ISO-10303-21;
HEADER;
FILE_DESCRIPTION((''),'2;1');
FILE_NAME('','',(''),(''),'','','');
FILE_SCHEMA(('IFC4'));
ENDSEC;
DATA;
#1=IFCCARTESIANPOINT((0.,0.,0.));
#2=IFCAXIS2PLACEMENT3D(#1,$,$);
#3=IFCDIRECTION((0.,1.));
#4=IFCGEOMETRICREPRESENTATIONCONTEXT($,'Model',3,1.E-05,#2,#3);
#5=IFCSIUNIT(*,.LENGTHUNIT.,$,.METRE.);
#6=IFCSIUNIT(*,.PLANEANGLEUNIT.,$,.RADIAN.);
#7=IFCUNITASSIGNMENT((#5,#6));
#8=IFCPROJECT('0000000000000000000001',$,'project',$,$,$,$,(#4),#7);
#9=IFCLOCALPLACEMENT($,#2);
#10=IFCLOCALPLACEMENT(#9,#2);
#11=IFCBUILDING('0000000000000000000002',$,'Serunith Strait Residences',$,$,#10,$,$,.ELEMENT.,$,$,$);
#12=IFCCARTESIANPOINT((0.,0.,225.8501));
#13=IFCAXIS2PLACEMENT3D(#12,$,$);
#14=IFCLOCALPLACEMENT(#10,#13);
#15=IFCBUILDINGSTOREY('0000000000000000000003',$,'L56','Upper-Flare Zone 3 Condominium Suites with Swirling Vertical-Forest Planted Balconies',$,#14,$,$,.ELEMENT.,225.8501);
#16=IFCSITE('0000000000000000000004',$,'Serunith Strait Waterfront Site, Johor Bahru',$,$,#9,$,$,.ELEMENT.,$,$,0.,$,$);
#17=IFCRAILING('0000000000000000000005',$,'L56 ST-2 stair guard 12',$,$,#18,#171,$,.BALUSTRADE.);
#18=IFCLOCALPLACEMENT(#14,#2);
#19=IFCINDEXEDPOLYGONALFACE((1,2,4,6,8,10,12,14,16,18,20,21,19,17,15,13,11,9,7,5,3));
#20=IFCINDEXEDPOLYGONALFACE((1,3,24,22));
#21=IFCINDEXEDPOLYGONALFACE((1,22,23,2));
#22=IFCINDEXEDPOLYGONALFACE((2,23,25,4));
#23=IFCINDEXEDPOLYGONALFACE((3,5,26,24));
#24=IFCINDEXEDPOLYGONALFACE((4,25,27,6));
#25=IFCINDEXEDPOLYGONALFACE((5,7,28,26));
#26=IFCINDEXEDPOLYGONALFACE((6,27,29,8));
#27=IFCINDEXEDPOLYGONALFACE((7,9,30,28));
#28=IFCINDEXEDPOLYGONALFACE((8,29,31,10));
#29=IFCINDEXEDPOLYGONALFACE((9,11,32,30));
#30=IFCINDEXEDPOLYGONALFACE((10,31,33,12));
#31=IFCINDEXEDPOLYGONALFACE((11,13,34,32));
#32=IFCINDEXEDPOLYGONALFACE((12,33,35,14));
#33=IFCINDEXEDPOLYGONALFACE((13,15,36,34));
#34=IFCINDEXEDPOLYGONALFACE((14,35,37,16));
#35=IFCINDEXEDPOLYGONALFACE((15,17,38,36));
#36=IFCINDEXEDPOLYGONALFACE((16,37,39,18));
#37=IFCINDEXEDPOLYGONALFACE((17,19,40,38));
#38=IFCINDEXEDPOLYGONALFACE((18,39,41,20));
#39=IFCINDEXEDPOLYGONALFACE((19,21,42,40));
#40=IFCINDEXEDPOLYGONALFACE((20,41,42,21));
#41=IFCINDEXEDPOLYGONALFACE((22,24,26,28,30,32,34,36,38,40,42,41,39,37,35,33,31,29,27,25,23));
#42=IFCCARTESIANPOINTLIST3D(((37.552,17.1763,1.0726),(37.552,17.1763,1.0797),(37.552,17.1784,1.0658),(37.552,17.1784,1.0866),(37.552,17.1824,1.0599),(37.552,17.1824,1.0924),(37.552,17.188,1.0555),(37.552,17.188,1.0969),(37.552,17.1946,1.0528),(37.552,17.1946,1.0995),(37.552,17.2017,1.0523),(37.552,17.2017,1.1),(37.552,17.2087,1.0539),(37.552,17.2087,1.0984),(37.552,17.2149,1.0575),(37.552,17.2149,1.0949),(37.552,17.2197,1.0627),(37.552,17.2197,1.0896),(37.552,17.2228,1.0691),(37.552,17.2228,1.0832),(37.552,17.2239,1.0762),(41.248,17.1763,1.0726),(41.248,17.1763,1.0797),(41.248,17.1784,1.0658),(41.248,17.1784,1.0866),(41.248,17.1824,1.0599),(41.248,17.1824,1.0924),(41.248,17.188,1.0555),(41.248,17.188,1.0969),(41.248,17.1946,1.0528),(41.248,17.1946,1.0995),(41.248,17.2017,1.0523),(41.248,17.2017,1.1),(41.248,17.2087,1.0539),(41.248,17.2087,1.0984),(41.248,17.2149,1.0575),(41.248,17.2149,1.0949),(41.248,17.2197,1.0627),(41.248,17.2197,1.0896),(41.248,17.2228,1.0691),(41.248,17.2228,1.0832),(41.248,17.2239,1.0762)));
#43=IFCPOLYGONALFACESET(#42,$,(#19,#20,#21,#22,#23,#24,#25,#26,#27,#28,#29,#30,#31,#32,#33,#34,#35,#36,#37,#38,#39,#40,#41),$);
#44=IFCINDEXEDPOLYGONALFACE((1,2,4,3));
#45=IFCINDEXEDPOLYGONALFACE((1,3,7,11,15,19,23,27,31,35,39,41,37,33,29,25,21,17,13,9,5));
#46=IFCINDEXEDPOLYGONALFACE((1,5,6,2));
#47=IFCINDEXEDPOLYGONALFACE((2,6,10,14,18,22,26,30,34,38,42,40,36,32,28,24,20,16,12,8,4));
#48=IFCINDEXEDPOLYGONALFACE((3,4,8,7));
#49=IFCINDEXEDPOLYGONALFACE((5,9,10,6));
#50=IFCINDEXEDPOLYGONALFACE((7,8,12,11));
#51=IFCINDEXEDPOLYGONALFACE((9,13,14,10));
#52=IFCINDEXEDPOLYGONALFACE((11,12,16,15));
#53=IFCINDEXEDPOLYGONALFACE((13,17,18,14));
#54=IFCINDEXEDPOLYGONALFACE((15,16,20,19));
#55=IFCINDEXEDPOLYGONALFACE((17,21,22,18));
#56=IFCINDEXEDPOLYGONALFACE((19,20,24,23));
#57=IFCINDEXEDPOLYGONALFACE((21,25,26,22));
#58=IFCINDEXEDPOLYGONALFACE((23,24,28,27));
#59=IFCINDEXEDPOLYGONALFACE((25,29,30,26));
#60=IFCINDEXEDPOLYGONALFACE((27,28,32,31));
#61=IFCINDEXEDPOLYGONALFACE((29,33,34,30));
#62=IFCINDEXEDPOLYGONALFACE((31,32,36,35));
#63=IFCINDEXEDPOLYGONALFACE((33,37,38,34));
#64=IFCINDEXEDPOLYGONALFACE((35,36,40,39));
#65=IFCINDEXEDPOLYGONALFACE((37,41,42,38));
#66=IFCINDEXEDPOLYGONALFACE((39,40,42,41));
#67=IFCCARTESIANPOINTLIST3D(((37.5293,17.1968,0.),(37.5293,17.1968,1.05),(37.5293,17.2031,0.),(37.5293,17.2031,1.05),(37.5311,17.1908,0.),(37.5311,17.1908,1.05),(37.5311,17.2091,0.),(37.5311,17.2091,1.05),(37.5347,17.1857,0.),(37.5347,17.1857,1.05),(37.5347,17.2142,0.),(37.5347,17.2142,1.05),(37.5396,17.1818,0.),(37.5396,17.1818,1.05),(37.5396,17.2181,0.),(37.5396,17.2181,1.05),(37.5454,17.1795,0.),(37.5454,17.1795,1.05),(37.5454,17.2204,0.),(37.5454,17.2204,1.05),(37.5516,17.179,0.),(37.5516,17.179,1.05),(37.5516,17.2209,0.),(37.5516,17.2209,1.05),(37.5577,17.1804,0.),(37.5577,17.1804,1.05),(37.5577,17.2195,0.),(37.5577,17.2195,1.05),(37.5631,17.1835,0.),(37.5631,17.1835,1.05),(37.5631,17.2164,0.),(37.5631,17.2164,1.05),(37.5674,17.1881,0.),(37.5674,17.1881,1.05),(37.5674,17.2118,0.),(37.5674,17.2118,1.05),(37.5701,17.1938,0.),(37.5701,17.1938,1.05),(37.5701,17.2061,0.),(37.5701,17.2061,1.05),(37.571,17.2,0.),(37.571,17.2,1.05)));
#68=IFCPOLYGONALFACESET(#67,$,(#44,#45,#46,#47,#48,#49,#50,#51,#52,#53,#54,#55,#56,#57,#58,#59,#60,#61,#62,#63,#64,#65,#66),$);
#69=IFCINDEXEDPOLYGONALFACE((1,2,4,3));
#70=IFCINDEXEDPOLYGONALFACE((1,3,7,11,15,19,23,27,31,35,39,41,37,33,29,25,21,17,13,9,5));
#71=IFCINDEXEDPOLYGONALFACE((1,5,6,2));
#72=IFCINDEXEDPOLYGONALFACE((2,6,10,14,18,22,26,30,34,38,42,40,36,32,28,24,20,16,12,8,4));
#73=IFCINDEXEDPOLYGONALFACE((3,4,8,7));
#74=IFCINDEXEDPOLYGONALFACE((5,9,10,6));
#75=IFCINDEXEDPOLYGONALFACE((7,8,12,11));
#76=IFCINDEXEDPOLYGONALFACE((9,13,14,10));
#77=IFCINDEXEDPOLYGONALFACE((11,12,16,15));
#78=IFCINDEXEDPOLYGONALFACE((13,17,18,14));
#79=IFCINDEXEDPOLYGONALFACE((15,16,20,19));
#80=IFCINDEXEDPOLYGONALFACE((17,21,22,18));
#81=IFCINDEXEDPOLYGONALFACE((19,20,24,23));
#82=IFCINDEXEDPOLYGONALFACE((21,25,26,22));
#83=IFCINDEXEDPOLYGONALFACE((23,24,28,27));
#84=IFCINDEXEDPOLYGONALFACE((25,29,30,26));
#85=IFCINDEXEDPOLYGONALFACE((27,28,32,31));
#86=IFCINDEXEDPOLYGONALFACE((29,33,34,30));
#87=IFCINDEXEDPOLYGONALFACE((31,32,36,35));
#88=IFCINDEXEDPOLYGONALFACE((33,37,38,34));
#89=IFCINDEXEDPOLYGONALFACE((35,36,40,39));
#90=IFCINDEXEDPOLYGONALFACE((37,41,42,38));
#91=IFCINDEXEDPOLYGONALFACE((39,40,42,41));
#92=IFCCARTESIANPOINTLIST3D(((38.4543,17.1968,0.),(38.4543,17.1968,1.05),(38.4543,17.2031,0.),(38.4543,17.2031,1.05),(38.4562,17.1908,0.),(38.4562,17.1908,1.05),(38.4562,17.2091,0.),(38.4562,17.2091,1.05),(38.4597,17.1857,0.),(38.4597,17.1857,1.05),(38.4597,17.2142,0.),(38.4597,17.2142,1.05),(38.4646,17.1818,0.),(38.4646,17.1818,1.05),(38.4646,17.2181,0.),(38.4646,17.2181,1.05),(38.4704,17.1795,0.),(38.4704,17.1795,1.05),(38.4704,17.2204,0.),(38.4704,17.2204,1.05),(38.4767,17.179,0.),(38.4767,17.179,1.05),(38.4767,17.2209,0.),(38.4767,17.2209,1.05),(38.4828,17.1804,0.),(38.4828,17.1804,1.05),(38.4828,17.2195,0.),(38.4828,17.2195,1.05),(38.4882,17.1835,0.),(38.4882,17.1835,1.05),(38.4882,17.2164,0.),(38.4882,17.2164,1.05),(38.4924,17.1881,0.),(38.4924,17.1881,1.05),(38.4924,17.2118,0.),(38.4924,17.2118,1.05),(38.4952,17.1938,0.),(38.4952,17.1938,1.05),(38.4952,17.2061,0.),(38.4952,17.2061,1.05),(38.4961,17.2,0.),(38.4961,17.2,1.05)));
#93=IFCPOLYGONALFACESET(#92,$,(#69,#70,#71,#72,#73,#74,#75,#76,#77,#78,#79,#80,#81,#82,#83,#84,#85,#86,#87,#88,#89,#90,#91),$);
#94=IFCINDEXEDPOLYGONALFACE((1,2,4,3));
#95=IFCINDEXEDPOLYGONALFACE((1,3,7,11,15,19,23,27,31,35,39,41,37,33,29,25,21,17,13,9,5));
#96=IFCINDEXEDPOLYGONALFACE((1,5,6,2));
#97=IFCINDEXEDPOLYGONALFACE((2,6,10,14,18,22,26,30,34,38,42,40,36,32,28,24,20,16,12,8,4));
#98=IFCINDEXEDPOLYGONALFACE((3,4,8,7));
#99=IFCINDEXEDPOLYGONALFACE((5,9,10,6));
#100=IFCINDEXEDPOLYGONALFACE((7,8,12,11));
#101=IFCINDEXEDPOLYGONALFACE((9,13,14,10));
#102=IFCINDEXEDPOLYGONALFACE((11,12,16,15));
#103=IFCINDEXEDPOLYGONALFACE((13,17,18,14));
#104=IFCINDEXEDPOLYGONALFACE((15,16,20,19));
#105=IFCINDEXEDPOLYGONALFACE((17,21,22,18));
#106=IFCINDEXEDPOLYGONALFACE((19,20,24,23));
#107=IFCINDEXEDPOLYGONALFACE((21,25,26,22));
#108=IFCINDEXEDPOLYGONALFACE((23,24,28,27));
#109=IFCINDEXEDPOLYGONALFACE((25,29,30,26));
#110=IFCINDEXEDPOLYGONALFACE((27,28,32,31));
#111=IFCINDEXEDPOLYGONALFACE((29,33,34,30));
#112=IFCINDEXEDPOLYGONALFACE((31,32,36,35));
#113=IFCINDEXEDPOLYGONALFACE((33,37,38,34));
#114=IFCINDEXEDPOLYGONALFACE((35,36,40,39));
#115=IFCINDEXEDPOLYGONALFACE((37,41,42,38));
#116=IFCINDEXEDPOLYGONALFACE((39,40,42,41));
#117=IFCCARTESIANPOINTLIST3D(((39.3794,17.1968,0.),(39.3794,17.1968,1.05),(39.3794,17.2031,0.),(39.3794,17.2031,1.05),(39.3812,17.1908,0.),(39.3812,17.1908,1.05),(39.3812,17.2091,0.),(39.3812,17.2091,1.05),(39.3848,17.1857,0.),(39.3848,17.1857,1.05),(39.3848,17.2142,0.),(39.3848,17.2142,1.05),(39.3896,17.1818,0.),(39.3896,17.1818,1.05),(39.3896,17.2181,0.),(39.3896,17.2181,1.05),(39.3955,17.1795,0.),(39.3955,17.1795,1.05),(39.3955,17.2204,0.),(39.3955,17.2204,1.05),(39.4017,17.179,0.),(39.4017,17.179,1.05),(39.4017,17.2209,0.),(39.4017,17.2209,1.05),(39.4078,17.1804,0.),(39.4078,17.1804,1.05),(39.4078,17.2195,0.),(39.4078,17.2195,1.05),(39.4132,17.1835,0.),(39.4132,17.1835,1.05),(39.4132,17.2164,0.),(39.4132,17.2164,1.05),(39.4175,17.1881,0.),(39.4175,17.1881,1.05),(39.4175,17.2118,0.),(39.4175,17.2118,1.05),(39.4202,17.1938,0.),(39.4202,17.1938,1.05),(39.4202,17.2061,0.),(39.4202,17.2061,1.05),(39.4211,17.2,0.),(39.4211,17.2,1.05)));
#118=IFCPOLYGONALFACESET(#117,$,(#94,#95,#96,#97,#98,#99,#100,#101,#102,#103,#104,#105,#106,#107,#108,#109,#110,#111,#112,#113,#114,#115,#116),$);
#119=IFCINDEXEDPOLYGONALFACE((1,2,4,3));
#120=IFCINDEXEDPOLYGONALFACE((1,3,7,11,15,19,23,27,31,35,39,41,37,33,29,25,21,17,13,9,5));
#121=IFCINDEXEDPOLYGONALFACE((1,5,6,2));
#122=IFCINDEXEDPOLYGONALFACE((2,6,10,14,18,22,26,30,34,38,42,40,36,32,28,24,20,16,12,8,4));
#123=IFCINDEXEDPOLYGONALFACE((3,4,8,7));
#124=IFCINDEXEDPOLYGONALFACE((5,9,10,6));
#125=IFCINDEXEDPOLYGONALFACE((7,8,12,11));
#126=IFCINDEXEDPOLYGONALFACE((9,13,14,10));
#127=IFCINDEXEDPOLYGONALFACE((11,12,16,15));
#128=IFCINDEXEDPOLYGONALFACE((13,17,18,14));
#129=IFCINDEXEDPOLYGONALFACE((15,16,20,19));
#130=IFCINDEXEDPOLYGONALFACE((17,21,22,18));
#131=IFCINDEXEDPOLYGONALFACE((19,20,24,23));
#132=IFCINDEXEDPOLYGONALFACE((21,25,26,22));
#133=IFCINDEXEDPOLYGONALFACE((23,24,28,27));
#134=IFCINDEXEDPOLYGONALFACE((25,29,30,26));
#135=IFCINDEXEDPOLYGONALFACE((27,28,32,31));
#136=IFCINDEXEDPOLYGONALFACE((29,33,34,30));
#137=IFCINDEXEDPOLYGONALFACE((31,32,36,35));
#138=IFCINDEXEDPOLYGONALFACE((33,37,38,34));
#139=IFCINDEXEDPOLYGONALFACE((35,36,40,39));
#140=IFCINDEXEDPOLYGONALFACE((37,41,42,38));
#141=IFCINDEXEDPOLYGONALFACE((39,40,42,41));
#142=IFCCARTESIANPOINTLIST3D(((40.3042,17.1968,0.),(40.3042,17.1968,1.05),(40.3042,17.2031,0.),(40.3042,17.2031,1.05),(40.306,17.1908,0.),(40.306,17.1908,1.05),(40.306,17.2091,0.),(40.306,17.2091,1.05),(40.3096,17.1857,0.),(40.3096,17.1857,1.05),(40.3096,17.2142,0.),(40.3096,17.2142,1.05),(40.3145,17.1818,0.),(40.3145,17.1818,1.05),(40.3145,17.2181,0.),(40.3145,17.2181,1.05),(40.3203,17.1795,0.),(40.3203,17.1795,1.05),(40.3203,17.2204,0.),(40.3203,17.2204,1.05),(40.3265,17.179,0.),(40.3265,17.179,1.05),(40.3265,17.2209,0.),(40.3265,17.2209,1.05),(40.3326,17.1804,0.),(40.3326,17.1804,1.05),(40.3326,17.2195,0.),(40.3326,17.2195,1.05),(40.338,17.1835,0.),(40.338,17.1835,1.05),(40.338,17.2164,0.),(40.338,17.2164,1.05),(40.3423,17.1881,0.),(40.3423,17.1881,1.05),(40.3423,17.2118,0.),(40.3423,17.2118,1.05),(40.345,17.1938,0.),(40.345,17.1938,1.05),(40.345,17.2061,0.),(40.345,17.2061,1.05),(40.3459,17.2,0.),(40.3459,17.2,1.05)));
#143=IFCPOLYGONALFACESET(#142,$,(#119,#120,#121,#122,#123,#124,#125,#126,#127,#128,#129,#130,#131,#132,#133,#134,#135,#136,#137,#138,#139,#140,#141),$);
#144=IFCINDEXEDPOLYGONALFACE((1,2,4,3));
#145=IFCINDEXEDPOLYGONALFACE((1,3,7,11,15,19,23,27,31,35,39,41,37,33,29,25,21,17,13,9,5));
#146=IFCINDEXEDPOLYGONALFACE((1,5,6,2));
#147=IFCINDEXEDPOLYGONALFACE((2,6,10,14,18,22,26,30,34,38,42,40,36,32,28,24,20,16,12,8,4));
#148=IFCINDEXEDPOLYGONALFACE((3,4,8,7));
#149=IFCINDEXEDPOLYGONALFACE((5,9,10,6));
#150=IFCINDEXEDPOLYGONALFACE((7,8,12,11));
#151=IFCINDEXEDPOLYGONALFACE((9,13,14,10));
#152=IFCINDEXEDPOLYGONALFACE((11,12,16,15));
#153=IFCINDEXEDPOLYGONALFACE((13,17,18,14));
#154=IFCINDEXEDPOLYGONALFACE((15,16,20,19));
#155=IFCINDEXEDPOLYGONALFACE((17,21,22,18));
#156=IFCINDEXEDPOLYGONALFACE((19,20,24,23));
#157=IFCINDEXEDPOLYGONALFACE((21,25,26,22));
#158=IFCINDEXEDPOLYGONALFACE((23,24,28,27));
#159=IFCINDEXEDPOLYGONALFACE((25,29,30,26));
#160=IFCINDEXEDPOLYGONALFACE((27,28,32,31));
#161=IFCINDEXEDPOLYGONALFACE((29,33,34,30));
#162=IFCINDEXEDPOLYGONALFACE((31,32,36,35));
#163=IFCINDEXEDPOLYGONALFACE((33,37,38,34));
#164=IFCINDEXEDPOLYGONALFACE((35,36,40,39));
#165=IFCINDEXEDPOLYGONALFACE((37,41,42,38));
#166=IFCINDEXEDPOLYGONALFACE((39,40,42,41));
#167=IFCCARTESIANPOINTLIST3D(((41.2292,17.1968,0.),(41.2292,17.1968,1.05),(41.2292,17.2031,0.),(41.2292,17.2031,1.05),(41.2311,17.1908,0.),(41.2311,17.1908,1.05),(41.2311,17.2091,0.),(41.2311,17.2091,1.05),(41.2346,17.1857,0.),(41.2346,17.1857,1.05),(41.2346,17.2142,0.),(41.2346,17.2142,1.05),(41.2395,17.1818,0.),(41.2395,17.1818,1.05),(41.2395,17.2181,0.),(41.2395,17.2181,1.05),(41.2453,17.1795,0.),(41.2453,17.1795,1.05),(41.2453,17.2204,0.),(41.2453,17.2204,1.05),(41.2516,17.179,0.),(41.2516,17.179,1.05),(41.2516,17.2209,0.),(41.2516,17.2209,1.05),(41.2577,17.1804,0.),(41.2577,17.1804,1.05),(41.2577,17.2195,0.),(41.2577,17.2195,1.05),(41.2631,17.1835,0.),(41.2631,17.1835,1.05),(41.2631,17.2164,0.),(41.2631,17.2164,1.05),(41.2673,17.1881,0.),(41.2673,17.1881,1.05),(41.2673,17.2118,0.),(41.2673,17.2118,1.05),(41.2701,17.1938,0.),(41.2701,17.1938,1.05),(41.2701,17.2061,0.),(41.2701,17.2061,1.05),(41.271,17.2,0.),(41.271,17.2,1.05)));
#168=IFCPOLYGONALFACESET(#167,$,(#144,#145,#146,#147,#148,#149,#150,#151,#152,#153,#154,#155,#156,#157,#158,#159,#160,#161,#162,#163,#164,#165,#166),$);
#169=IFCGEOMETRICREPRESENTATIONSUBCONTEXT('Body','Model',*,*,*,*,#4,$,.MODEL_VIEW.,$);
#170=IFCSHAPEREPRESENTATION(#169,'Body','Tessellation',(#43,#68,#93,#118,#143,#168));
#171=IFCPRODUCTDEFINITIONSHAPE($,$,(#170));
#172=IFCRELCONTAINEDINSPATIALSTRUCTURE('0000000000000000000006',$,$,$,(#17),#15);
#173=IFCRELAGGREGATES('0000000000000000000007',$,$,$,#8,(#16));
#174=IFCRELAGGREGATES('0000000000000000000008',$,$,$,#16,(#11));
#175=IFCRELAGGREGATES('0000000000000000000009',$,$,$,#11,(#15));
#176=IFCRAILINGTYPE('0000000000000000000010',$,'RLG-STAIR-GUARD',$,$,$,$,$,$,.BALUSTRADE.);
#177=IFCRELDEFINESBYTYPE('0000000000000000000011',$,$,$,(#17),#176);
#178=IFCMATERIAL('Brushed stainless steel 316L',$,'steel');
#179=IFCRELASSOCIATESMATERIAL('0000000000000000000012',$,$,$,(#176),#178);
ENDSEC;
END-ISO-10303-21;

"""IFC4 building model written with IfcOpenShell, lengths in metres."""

from ifc_helpers import new_model, si_unit, direction, frame, origin, origin_2d, place, context, subcontext, project, spatial, circle, extrude, material, type_object, element, save


model = new_model("IFC4")

# Units and contexts
model_context = context("Model", 3, precision=1e-05, world=origin(), true_north=direction((0.0, 1.0)))
body_context = subcontext(model_context, "Body", "Model", "MODEL_VIEW")
ifc_project = project(units=[si_unit("LENGTHUNIT", "METRE"), si_unit("PLANEANGLEUNIT", "RADIAN")], contexts=[model_context])

# Site, building, storey
site_placement = place(None, origin())
site = spatial("IfcSite", under=ifc_project, at=site_placement, Name="Serunith Strait Waterfront Site, Johor Bahru", CompositionType="ELEMENT", RefElevation=0.0)
building_placement = place(site_placement, origin())
building = spatial("IfcBuilding", under=site, at=building_placement, Name="Serunith Strait Residences", CompositionType="ELEMENT")
storey_placement = place(building_placement, frame((0.0, 0.0, 225.8501)))
storey = spatial("IfcBuildingStorey", under=building, at=storey_placement, Name="L56", Description="Upper-Flare Zone 3 Condominium Suites with Swirling Vertical-Forest Planted Balconies", CompositionType="ELEMENT", Elevation=225.8501)

# Railing
ifc_material_1 = material(Name="Brushed stainless steel 316L", Category="steel")
railing_type_1 = type_object("IfcRailingType", Name="RLG-STAIR-GUARD", PredefinedType="BALUSTRADE", material=ifc_material_1)
railing_1_placement = place(storey_placement, frame((37.55, 17.2, 0.0)))
element("IfcRailing", 1, at=railing_1_placement, inside=storey, type_object=railing_type_1, Name="L56 ST-2 stair guard 12", PredefinedType="BALUSTRADE", context=body_context, shape_type="SweptSolid", body=[
    extrude(circle(Radius=0.0239, at=origin_2d()), frame((0.002, 0.0, 1.0762), z_axis=(1.0, 0.0, 0.0), x_axis=(0.0, 1.0, 0.0)), (0.0, 0.0, 1.0), 3.696),
    extrude(circle(Radius=0.021, at=origin_2d()), origin(), (0.0, 0.0, 1.0), 1.05),
    extrude(circle(Radius=0.021, at=origin_2d()), frame((0.925, 0.0, 0.0)), (0.0, 0.0, 1.0), 1.05),
    extrude(circle(Radius=0.021, at=origin_2d()), frame((1.8501, 0.0, 0.0)), (0.0, 0.0, 1.0), 1.05),
    extrude(circle(Radius=0.021, at=origin_2d()), frame((2.7749, 0.0, 0.0)), (0.0, 0.0, 1.0), 1.05),
    extrude(circle(Radius=0.021, at=origin_2d()), frame((3.7, 0.0, 0.0)), (0.0, 0.0, 1.0), 1.05),
])

save(model, "model.ifc")
